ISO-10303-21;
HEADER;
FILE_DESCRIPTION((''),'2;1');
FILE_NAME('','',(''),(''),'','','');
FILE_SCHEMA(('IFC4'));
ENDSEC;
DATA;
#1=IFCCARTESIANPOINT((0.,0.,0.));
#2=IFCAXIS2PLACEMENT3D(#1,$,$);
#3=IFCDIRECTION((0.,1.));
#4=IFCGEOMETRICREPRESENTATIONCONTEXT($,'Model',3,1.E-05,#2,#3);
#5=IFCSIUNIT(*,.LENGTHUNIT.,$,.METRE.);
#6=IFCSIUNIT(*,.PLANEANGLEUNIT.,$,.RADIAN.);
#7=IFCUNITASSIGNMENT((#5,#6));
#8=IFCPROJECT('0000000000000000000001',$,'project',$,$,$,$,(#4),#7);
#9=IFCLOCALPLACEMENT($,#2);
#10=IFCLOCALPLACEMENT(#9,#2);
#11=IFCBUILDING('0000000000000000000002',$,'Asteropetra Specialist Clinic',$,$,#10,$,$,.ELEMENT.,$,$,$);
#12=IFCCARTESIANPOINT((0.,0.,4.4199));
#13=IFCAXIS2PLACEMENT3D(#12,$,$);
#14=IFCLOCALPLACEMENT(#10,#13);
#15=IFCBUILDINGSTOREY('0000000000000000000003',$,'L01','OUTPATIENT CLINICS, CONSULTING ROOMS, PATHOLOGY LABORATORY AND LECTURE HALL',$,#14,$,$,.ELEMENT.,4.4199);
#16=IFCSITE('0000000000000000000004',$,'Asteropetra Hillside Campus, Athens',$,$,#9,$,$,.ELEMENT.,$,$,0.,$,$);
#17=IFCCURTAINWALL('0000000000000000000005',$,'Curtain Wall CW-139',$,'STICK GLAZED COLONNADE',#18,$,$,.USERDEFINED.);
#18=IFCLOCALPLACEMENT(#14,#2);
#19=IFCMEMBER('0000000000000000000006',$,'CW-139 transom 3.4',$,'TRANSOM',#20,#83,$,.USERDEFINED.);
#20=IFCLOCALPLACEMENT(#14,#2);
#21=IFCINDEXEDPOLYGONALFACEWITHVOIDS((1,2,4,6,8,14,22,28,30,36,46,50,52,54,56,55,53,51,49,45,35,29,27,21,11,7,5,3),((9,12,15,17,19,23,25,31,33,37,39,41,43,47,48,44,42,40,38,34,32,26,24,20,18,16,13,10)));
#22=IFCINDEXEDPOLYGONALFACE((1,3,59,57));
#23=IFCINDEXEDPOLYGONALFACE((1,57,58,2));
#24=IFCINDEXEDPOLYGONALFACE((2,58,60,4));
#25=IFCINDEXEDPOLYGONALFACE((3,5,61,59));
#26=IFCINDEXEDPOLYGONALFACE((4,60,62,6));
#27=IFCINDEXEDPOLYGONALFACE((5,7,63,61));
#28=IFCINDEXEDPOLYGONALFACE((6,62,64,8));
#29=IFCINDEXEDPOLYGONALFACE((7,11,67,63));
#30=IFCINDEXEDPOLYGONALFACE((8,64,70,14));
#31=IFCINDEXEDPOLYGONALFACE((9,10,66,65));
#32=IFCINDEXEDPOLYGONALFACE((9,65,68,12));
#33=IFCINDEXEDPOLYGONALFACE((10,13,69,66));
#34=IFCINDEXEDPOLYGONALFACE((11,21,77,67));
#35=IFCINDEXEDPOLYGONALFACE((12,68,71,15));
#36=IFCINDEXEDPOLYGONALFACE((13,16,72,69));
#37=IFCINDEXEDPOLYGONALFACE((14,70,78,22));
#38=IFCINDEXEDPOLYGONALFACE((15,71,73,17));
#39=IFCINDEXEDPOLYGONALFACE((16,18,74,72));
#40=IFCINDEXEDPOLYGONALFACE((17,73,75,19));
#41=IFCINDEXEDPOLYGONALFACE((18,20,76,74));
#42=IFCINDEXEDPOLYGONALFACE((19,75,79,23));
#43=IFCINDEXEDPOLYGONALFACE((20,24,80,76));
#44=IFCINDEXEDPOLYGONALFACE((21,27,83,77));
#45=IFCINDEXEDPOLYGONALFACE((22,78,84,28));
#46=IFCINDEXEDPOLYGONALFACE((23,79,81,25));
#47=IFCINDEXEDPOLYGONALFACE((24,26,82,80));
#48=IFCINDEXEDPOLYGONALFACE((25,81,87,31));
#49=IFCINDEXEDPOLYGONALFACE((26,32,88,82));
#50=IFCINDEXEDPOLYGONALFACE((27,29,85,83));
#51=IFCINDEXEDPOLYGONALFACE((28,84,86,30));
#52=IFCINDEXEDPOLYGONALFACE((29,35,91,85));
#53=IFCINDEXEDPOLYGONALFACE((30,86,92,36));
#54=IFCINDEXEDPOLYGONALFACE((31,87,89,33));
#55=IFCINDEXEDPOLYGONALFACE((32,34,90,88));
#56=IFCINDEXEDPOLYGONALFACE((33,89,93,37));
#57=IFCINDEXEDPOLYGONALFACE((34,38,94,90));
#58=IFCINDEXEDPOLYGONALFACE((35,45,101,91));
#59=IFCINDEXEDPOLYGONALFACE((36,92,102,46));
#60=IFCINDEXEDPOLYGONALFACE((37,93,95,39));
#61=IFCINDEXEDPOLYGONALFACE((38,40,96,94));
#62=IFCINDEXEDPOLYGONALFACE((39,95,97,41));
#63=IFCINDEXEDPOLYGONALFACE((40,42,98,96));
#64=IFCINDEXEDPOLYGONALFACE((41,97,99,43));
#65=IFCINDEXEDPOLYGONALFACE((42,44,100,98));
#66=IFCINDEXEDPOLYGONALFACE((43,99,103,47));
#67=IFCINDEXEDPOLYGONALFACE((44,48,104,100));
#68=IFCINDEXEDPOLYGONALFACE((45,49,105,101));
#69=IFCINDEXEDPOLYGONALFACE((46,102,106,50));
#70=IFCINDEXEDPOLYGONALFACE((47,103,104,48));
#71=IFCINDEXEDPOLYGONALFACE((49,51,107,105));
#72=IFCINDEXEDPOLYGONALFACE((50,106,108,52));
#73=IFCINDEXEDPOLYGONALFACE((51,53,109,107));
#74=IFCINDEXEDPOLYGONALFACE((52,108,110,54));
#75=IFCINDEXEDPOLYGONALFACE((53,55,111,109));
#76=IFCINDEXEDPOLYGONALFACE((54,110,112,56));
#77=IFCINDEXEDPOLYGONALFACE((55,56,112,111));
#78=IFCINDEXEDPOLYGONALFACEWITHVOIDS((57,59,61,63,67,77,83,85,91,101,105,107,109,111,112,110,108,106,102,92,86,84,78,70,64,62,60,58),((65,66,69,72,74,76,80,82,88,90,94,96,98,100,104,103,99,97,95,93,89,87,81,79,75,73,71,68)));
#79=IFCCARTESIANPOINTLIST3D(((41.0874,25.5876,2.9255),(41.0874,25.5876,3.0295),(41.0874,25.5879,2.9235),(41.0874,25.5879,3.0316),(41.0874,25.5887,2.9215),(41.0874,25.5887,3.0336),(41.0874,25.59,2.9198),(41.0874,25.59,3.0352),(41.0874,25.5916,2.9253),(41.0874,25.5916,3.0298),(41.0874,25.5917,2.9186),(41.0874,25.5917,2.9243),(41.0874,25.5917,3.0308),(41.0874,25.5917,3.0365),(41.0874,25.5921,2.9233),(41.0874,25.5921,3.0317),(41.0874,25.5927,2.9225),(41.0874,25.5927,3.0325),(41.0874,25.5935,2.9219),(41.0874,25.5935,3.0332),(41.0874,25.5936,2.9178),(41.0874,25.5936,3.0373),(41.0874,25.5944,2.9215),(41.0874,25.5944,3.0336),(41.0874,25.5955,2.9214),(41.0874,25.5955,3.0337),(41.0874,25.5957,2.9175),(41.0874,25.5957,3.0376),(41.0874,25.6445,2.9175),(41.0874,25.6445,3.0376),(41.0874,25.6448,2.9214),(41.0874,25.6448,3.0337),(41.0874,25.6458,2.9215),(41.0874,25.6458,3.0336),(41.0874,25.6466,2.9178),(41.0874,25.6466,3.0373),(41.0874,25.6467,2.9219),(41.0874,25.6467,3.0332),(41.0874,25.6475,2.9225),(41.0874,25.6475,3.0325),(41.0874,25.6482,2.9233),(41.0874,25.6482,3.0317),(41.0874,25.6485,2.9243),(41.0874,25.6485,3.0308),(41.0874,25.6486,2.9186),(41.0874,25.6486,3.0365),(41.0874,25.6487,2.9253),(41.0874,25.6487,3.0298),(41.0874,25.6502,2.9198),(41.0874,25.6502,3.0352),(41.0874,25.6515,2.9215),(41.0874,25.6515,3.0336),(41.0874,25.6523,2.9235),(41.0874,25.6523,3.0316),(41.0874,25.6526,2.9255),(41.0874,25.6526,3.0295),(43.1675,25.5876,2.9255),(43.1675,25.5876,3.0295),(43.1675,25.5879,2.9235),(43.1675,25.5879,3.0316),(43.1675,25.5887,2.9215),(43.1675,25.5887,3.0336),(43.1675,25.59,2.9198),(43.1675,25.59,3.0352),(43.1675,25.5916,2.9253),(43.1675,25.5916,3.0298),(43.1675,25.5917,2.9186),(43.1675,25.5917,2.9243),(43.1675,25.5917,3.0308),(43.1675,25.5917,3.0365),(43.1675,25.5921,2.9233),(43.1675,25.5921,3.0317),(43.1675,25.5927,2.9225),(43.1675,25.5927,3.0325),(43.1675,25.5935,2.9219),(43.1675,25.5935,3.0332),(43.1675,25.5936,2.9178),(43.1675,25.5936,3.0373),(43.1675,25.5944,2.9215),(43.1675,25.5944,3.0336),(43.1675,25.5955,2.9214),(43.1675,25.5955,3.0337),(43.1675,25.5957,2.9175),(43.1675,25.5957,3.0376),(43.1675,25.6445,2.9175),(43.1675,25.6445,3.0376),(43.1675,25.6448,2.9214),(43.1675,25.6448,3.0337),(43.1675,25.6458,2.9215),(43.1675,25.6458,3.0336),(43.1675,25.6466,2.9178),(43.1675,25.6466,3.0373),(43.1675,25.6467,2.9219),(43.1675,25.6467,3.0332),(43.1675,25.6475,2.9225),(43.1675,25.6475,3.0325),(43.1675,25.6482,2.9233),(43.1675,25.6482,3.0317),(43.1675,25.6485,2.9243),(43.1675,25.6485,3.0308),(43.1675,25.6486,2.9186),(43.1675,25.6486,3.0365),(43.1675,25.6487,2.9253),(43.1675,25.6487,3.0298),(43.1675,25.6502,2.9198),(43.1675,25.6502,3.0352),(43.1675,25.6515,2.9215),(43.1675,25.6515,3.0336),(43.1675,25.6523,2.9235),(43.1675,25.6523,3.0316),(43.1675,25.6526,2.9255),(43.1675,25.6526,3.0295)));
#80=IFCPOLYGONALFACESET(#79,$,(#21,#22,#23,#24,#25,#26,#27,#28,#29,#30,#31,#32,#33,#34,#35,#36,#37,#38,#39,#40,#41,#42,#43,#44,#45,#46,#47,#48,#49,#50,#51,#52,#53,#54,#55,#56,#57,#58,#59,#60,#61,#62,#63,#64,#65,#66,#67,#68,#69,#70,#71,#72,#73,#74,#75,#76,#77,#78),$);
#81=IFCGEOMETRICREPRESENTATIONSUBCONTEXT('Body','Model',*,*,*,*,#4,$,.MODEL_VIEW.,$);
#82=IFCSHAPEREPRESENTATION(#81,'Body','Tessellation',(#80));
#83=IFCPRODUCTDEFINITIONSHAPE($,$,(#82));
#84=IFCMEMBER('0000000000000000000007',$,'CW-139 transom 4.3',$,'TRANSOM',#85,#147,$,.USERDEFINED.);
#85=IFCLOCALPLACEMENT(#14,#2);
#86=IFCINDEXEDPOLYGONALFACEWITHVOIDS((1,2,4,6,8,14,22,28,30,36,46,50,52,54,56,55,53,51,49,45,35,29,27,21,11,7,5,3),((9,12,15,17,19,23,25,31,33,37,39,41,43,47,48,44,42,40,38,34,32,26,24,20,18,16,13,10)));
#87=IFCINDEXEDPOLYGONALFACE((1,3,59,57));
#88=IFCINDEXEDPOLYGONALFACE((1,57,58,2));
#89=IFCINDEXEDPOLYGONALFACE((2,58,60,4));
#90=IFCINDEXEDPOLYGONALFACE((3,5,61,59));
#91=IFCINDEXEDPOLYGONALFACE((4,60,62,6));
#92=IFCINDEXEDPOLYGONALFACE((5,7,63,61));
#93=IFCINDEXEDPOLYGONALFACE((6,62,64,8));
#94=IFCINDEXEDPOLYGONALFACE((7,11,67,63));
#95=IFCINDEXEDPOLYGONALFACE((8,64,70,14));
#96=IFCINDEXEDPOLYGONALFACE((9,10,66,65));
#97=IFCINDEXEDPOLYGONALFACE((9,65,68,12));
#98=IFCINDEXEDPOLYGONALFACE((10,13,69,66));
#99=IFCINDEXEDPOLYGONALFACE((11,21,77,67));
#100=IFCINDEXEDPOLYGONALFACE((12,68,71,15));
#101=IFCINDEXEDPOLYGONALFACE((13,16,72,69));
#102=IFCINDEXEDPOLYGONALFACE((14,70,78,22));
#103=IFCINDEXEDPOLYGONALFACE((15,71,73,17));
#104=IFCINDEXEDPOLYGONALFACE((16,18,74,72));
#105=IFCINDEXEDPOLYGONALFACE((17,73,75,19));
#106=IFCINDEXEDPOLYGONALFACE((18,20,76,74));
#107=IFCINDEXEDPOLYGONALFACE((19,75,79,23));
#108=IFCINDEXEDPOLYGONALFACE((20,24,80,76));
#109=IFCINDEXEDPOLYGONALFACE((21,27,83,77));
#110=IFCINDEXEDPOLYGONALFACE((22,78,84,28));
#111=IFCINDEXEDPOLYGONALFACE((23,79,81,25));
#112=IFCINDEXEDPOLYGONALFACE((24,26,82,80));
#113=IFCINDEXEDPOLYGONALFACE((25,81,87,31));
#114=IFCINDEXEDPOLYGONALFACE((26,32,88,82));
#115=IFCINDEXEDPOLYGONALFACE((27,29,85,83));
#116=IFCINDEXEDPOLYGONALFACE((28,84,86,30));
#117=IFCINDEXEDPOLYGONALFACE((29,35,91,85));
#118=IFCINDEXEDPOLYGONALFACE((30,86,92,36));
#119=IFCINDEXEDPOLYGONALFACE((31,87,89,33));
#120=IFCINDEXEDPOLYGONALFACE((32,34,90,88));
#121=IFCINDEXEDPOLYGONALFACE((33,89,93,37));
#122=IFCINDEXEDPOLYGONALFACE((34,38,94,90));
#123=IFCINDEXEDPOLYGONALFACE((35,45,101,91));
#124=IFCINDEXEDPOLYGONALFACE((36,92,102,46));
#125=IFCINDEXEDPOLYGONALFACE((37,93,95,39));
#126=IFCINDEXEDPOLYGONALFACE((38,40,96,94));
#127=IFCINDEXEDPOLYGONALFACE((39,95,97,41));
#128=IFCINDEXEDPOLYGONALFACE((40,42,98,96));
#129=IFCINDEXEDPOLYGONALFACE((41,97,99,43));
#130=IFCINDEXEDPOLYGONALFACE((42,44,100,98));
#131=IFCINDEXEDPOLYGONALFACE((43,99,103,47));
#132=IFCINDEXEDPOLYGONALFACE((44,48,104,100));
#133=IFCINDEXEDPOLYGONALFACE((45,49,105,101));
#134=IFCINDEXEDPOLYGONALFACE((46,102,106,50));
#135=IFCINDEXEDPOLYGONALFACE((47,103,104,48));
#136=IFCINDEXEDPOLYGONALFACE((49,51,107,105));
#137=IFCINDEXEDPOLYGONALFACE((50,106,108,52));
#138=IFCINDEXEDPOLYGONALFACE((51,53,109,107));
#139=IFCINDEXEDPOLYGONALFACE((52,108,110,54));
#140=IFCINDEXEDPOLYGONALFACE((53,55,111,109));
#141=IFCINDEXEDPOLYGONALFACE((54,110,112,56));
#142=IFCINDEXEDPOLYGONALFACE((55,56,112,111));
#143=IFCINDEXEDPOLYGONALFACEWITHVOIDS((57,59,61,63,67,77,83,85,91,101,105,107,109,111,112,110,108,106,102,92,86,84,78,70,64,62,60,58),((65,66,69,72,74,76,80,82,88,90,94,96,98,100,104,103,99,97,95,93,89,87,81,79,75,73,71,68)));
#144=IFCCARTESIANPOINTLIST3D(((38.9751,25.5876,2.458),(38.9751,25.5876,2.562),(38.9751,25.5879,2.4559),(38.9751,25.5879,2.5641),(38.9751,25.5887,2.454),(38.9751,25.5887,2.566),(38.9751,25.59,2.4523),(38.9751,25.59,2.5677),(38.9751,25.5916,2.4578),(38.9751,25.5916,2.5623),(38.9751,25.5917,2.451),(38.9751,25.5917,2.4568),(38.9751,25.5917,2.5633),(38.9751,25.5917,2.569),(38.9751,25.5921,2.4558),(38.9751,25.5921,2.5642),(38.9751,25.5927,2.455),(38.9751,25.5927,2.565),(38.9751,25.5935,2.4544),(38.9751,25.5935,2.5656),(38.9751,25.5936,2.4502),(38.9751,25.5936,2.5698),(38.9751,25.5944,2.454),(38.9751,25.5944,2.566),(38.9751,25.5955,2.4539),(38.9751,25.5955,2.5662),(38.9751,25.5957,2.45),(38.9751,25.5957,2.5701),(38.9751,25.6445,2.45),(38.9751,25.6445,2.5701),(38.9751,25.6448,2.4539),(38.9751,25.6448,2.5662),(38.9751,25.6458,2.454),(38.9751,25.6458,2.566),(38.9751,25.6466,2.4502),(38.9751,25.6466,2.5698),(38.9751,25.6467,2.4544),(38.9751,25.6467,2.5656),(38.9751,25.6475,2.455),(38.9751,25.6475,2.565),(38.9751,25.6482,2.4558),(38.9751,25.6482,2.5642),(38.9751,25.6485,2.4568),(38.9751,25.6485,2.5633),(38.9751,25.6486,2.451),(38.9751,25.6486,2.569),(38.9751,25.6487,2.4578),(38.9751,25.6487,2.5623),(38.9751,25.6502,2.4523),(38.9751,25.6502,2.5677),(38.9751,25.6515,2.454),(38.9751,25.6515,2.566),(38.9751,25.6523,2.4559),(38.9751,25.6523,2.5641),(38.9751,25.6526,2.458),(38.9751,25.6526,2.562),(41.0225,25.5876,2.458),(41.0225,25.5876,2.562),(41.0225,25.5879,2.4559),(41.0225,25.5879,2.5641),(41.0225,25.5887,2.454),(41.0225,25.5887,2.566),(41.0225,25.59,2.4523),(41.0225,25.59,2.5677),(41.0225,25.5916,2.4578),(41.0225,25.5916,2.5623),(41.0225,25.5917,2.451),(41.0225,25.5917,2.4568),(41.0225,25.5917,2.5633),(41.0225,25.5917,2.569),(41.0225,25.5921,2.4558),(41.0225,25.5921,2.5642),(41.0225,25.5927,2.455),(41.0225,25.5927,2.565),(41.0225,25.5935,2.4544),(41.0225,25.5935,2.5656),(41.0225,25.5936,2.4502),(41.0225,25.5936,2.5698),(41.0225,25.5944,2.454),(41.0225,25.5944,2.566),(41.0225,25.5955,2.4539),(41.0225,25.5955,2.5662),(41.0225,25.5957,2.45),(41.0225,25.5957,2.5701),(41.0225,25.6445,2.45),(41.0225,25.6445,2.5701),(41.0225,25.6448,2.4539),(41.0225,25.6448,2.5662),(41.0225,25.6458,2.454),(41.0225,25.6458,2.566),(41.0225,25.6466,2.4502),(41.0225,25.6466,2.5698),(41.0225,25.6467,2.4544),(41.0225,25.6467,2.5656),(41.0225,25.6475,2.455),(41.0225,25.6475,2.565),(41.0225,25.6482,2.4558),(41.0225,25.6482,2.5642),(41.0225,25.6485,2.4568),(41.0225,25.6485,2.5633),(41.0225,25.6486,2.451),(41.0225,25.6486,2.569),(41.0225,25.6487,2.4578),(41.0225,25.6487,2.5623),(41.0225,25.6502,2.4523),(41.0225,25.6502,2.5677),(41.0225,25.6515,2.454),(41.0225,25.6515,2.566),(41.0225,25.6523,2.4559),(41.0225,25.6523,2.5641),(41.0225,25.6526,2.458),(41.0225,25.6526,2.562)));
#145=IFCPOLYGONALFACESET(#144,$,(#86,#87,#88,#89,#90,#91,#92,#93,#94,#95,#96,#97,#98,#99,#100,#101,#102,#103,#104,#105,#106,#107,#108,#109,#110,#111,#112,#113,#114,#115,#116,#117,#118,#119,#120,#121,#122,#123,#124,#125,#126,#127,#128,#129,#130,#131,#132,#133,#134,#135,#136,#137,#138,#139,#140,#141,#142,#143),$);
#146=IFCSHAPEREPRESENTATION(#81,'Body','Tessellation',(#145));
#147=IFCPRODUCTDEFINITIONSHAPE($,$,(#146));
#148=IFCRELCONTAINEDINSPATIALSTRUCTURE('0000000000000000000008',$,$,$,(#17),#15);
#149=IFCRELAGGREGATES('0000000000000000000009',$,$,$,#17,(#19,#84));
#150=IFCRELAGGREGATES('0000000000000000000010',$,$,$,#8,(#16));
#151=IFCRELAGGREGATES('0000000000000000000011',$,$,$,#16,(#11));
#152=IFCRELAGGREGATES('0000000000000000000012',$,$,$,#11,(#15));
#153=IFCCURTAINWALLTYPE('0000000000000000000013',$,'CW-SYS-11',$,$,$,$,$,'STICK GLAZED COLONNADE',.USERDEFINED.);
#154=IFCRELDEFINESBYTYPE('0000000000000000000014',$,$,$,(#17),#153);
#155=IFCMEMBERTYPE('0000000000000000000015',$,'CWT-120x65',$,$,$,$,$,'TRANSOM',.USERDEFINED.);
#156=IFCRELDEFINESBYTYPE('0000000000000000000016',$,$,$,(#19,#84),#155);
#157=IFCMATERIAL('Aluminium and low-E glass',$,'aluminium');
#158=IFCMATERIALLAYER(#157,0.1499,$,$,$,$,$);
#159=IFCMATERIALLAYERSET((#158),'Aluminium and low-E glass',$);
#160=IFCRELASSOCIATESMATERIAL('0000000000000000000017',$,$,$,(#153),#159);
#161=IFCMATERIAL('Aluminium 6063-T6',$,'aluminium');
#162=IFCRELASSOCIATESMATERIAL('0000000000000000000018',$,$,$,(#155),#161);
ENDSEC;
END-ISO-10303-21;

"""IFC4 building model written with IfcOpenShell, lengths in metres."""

from ifc_helpers import new_model, si_unit, direction, frame, origin, origin_2d, place, context, subcontext, project, spatial, hollow_rectangle, extrude, material, layer, layer_set, material_profile, profile_set, type_object, element, aggregate, save


model = new_model("IFC4")

# Units and contexts
model_context = context("Model", 3, precision=1e-05, world=origin(), true_north=direction((0.0, 1.0)))
body_context = subcontext(model_context, "Body", "Model", "MODEL_VIEW")
ifc_project = project(units=[si_unit("LENGTHUNIT", "METRE"), si_unit("PLANEANGLEUNIT", "RADIAN")], contexts=[model_context])

# Site, building, storey
site_placement = place(None, origin())
site = spatial("IfcSite", under=ifc_project, at=site_placement, Name="Asteropetra Hillside Campus, Athens", CompositionType="ELEMENT", RefElevation=0.0)
building_placement = place(site_placement, origin())
building = spatial("IfcBuilding", under=site, at=building_placement, Name="Asteropetra Specialist Clinic", CompositionType="ELEMENT")
storey_placement = place(building_placement, frame((0.0, 0.0, 4.4199)))
storey = spatial("IfcBuildingStorey", under=building, at=storey_placement, Name="L01", Description="OUTPATIENT CLINICS, CONSULTING ROOMS, PATHOLOGY LABORATORY AND LECTURE HALL", CompositionType="ELEMENT", Elevation=4.4199)

# Curtain wall, members
ifc_material_1 = material(Name="Aluminium and low-E glass", Category="aluminium")
ifc_layer_1 = layer(ifc_material_1, 0.1499)
ifc_layer_set_1 = layer_set([ifc_layer_1], Name="Aluminium and low-E glass")
curtain_wall_type = type_object("IfcCurtainWallType", Name="CW-SYS-11", ElementType="STICK GLAZED COLONNADE", PredefinedType="USERDEFINED", material=ifc_layer_set_1)
curtain_wall_placement = place(storey_placement, origin())
curtain_wall = element("IfcCurtainWall", 1, at=curtain_wall_placement, inside=storey, type_object=curtain_wall_type, Name="Curtain Wall CW-139", ObjectType="STICK GLAZED COLONNADE", PredefinedType="USERDEFINED")
ifc_material_2 = material(Name="Aluminium 6063-T6", Category="aluminium")
ifc_material_profile_1 = material_profile(ifc_material_2, hollow_rectangle(XDim=0.0649, YDim=0.1201, WallThickness=0.0039, InnerFilletRadius=0.0039, OuterFilletRadius=0.0081, at=origin_2d()), Name="TRN 120x65x4.0")
ifc_profile_set_1 = profile_set([ifc_material_profile_1], Name="Aluminium 6063-T6")
member_type_1 = type_object("IfcMemberType", Name="CWT-120x65", ElementType="TRANSOM", PredefinedType="USERDEFINED", material=ifc_profile_set_1)
member_1_placement = place(storey_placement, frame((43.1675, 25.6201, 2.9775), z_axis=(-1.0, 0.0, 0.0), x_axis=(0.0, -1.0, 0.0)))
member_1 = element("IfcMember", 2, at=member_1_placement, type_object=member_type_1, Name="CW-139 transom 3.4", ObjectType="TRANSOM", PredefinedType="USERDEFINED", context=body_context, shape_type="SweptSolid", body=[
    extrude(hollow_rectangle(XDim=0.0649, YDim=0.1201, WallThickness=0.0039, InnerFilletRadius=0.0039, OuterFilletRadius=0.0081, at=origin_2d()), origin(), (0.0, 0.0, 1.0), 2.0801),
])
member_2_placement = place(storey_placement, frame((41.0225, 25.6201, 2.51), z_axis=(-1.0, 0.0, 0.0), x_axis=(0.0, -1.0, 0.0)))
member_2 = element("IfcMember", 3, at=member_2_placement, type_object=member_type_1, Name="CW-139 transom 4.3", ObjectType="TRANSOM", PredefinedType="USERDEFINED", context=body_context, shape_type="SweptSolid", body=[
    extrude(hollow_rectangle(XDim=0.0649, YDim=0.1201, WallThickness=0.0039, InnerFilletRadius=0.0039, OuterFilletRadius=0.0081, at=origin_2d()), origin(), (0.0, 0.0, 1.0), 2.0474),
])
aggregate(curtain_wall, [member_1, member_2])

save(model, "model.ifc")
